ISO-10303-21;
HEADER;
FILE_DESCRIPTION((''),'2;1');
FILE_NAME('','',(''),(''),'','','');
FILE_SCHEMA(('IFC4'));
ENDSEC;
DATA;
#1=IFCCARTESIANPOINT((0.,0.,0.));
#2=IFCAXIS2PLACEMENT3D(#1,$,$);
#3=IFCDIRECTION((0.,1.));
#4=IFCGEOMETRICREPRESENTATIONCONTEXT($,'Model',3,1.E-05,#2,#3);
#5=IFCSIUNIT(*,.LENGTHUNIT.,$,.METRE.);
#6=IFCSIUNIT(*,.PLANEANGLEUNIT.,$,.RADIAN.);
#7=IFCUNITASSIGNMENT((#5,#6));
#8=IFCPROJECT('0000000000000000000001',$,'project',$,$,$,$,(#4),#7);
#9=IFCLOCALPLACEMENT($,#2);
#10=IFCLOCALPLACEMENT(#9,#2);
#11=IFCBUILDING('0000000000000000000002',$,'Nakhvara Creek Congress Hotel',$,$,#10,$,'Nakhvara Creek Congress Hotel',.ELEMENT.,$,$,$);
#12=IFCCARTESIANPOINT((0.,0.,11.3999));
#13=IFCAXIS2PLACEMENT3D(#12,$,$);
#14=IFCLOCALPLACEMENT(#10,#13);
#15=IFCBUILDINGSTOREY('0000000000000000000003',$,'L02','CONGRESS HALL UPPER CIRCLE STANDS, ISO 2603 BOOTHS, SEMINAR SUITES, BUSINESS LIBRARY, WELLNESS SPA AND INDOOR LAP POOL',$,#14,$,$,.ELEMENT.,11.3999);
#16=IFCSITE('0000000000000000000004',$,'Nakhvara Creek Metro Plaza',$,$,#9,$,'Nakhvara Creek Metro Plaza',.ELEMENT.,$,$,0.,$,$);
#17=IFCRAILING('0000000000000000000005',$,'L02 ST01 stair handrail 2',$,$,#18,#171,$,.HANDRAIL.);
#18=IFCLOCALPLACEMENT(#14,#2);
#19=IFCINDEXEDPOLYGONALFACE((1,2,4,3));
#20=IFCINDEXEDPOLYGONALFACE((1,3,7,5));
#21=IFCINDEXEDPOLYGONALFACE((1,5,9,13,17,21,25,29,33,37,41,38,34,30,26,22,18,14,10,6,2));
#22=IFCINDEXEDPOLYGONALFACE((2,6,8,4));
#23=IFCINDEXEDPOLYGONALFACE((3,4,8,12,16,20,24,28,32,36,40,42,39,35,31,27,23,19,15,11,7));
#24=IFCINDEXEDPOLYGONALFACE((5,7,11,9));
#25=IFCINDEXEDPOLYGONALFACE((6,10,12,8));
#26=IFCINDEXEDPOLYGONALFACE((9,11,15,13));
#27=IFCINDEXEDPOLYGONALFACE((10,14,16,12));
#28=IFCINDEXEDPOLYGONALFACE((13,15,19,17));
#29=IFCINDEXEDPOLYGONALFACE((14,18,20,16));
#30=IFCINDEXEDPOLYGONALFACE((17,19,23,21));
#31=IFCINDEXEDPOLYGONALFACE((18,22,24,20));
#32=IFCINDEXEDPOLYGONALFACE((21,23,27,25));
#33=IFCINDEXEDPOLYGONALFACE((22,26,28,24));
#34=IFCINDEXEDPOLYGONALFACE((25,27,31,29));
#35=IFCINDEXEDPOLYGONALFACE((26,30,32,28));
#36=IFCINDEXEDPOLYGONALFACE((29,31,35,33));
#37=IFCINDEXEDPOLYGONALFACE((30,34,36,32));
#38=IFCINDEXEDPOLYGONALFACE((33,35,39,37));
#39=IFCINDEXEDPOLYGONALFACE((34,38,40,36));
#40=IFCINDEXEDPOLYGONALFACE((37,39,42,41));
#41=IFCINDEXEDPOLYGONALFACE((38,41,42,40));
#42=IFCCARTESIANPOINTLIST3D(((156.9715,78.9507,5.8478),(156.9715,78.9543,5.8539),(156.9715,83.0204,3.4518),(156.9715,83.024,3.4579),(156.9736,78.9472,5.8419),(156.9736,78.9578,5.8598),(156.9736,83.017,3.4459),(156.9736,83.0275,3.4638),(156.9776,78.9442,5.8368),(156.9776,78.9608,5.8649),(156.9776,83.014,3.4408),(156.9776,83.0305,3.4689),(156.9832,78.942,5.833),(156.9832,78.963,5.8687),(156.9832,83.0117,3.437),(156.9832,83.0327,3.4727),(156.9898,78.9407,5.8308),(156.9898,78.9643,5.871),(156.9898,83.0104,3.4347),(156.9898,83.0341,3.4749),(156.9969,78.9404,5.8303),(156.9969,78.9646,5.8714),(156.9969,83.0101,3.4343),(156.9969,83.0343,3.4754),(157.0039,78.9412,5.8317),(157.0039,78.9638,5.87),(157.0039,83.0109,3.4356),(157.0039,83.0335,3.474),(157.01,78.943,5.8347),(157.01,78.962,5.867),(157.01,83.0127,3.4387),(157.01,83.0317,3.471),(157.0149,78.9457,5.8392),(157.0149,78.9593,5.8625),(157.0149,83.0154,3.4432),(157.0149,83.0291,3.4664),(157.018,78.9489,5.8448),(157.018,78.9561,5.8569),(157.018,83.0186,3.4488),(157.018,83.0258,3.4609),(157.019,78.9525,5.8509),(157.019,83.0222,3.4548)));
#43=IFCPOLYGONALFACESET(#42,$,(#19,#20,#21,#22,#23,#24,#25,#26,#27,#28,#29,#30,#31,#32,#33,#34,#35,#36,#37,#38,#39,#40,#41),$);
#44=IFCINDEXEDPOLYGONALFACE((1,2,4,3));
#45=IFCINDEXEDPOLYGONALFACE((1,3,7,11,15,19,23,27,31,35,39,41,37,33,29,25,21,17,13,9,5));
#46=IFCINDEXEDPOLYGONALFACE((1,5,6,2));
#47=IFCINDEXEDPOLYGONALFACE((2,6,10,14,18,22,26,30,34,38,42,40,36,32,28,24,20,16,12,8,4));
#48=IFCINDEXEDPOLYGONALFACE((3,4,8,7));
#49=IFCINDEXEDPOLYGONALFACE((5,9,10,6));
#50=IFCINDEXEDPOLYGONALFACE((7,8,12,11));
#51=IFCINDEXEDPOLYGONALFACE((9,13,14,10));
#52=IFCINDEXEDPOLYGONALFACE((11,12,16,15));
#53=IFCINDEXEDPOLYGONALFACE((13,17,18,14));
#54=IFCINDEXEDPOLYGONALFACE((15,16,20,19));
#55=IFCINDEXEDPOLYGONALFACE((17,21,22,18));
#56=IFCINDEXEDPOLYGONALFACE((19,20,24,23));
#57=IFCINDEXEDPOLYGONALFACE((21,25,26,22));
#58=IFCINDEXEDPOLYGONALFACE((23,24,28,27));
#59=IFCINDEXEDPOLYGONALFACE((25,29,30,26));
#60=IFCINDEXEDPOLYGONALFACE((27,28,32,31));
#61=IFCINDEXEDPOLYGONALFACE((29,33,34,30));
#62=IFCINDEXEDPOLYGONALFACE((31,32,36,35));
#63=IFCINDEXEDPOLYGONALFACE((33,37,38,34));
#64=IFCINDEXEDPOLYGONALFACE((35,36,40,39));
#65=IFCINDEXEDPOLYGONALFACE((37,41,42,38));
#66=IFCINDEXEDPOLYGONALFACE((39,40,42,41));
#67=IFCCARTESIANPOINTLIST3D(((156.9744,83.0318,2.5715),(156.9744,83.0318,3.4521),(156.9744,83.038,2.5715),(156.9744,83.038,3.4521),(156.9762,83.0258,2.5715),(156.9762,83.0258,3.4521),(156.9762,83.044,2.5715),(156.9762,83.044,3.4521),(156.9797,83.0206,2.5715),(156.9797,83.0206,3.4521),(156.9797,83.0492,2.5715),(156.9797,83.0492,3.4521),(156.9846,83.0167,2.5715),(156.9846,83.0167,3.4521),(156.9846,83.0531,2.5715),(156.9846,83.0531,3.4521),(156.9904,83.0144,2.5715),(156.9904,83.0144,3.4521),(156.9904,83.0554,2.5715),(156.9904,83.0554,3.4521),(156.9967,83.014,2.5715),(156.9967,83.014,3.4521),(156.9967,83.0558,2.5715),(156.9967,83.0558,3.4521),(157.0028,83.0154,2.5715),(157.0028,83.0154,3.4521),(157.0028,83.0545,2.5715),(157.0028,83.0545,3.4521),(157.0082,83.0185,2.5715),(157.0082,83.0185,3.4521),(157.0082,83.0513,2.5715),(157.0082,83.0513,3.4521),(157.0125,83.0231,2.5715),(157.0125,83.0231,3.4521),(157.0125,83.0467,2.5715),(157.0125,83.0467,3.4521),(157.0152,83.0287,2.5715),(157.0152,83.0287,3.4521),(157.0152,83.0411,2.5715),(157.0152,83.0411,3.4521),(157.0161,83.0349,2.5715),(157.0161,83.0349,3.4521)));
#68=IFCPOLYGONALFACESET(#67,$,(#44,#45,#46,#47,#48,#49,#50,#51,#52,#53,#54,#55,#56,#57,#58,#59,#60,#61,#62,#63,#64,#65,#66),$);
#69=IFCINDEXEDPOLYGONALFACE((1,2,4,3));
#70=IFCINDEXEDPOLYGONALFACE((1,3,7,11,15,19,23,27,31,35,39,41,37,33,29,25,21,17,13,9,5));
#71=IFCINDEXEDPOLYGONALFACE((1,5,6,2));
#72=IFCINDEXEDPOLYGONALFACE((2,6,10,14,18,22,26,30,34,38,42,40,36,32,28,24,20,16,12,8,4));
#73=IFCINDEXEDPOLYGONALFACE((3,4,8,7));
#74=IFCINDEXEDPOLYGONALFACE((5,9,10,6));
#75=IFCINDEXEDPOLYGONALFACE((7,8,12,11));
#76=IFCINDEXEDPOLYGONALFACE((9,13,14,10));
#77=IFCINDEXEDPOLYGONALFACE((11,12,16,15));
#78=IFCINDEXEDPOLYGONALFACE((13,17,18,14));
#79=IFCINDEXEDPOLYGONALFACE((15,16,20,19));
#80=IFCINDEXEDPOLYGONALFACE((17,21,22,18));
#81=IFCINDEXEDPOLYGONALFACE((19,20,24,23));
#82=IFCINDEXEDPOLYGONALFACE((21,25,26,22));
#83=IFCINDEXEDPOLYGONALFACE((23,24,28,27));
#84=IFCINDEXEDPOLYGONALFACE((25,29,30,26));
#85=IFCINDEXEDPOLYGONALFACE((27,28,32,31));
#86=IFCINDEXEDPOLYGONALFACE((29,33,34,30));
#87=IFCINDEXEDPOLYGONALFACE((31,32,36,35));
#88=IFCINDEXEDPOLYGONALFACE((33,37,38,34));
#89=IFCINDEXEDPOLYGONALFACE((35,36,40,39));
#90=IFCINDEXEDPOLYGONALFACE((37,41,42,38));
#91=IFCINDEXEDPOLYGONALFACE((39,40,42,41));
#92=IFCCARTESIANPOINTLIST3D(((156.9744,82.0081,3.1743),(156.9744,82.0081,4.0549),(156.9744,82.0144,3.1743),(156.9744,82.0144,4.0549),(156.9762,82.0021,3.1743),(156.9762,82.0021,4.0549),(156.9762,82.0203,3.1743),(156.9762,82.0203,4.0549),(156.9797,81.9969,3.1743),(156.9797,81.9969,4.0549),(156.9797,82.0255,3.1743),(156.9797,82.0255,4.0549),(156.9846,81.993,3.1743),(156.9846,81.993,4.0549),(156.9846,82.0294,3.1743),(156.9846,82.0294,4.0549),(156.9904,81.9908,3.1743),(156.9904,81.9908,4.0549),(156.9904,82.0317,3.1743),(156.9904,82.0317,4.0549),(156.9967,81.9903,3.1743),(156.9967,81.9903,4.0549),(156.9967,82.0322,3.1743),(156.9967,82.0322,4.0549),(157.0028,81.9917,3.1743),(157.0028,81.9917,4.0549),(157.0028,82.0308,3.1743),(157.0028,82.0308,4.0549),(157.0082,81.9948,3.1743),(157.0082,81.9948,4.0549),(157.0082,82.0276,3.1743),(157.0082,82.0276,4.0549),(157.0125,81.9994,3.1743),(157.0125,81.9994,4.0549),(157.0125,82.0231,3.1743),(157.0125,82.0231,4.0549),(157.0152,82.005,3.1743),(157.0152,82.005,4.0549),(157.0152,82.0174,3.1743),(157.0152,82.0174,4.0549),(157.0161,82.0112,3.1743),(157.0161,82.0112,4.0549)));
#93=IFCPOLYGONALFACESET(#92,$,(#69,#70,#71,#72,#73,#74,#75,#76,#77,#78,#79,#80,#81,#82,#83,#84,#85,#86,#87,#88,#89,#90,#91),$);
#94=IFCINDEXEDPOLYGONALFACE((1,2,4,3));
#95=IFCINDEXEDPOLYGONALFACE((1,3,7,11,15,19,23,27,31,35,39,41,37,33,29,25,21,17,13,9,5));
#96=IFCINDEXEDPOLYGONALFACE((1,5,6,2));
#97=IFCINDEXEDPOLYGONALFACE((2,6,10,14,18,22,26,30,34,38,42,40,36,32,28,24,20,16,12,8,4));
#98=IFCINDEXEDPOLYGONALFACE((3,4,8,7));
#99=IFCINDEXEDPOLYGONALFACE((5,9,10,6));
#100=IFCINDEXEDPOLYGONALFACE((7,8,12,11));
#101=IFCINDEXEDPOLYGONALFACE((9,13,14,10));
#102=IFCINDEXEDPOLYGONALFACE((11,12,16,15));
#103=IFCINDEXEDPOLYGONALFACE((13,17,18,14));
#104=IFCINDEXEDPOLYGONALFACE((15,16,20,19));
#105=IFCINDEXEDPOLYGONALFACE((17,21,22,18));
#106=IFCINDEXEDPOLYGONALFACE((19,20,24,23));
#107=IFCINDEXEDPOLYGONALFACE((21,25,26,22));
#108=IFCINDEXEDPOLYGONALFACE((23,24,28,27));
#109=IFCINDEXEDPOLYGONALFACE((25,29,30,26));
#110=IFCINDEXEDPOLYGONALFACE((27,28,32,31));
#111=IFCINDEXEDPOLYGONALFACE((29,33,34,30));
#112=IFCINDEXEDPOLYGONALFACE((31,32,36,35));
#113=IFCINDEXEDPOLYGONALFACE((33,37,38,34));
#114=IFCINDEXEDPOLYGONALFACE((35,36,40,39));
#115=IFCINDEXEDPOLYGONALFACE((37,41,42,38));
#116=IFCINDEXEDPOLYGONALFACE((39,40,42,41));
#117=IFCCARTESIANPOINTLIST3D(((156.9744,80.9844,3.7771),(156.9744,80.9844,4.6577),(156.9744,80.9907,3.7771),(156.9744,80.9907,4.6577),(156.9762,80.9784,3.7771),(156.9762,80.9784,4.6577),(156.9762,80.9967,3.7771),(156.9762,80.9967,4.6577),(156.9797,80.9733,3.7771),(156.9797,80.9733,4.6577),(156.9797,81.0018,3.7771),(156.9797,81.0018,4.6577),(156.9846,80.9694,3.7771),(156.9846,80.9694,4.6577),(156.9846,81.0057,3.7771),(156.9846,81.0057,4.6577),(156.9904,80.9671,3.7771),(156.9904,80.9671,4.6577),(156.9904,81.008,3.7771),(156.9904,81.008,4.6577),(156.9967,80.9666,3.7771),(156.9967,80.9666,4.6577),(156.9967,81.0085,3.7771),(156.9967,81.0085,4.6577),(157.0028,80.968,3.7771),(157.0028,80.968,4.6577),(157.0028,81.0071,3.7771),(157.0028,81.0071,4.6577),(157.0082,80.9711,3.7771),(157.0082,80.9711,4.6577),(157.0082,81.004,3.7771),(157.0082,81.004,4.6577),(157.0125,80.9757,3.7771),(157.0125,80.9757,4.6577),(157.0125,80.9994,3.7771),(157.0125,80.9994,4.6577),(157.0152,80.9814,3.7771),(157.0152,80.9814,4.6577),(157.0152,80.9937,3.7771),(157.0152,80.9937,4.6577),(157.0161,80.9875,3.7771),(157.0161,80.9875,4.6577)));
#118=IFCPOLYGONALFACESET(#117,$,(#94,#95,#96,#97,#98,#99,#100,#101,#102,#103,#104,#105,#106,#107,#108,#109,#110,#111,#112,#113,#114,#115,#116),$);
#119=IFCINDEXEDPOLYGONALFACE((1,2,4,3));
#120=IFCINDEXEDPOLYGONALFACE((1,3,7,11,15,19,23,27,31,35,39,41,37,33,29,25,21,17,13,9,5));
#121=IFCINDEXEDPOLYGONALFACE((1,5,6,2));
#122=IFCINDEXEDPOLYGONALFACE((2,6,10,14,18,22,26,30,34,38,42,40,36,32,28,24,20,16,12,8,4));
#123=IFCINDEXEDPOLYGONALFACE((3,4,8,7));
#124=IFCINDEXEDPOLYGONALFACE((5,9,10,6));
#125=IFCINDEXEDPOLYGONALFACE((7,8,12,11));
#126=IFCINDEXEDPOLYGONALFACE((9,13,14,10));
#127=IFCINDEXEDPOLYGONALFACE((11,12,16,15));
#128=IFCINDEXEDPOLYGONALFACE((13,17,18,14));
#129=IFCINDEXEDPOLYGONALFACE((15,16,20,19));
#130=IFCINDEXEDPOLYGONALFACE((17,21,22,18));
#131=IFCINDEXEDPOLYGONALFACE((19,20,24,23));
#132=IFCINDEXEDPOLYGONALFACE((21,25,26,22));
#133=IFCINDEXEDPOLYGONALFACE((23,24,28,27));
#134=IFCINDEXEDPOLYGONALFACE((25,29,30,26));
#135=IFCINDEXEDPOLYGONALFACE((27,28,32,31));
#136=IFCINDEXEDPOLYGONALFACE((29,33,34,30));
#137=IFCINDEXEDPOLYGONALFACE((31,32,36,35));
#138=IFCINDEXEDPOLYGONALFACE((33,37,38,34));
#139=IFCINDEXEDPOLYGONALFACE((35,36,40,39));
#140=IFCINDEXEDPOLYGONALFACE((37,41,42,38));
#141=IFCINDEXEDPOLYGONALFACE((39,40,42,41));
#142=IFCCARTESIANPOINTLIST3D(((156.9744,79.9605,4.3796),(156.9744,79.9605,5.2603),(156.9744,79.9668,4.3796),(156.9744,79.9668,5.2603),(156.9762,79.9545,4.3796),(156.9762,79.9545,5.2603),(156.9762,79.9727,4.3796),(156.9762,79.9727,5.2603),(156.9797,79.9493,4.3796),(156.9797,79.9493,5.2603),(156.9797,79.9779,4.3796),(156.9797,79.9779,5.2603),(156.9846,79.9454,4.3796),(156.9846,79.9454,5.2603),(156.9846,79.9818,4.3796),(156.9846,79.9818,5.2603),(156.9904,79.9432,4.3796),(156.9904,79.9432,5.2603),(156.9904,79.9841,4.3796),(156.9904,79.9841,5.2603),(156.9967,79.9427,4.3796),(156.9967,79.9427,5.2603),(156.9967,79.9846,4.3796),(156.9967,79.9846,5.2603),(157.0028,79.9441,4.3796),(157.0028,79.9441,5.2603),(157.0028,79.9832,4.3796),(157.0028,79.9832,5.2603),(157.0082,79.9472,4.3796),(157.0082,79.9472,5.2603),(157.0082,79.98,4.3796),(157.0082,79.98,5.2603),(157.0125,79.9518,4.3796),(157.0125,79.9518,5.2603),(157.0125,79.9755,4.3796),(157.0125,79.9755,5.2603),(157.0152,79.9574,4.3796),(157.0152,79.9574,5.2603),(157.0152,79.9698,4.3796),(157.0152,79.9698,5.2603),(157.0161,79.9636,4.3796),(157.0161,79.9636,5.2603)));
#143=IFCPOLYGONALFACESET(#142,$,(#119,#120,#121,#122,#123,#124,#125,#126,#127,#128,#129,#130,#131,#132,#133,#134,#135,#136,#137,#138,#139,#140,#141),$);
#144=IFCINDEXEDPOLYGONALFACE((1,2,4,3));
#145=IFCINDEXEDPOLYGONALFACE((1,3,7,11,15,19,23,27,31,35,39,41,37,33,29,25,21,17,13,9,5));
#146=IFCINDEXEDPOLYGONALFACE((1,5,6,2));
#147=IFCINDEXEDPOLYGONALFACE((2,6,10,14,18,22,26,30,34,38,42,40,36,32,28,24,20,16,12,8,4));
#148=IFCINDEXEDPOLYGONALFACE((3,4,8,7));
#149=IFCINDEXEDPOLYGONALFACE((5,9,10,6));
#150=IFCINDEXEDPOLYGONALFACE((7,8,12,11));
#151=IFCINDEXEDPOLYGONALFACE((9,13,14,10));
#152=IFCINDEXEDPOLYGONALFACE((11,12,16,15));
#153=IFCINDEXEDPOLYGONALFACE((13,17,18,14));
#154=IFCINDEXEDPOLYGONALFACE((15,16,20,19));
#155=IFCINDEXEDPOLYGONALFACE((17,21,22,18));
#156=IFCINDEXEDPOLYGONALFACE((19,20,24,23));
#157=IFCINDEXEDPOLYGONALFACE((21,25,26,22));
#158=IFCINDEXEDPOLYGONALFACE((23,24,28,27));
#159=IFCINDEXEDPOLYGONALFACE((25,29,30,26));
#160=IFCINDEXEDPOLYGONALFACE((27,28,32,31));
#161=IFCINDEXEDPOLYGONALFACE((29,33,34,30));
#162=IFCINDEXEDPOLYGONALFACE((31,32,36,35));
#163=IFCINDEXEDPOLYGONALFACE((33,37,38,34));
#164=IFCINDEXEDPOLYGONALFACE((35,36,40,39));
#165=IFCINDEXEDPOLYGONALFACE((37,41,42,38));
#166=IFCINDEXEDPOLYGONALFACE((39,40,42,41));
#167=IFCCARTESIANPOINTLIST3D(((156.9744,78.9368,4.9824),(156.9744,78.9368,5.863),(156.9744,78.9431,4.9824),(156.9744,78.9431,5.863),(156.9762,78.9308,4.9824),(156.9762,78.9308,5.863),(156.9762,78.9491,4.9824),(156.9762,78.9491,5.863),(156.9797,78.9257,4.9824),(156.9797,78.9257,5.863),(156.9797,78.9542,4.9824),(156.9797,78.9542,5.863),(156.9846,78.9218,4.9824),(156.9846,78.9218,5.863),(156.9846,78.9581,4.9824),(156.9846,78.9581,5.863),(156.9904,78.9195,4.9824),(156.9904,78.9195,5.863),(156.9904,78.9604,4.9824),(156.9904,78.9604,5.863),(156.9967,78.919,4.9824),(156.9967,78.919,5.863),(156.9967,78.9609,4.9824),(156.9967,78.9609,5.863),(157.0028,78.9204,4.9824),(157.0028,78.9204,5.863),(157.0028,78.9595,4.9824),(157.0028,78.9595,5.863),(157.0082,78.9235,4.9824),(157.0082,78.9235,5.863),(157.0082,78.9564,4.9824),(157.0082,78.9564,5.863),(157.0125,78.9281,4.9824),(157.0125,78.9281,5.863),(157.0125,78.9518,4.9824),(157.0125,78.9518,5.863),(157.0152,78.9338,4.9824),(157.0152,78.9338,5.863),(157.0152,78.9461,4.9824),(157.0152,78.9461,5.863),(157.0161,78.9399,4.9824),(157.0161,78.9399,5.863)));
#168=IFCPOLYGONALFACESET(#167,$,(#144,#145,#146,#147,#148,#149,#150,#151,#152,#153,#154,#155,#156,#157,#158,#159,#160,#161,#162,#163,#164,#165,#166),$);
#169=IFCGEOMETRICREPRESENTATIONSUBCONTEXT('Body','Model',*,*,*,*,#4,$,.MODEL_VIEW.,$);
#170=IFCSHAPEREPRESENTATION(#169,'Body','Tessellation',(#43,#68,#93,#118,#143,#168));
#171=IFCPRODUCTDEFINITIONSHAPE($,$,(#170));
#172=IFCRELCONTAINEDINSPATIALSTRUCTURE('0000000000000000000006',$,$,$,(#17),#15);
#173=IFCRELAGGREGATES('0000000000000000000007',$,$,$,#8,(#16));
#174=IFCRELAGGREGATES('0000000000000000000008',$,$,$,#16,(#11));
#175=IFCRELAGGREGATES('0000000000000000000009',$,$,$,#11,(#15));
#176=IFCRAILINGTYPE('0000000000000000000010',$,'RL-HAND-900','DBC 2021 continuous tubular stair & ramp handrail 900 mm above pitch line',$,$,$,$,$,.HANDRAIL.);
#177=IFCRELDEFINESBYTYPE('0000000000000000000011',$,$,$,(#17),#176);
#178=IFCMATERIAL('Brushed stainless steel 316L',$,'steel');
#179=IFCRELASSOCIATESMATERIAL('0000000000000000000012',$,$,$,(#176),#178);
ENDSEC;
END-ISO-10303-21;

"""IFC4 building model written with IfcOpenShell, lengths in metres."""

from ifc_helpers import new_model, si_unit, direction, frame, origin, origin_2d, place, context, subcontext, project, spatial, circle, extrude, material, type_object, element, save


model = new_model("IFC4")

# Units and contexts
model_context = context("Model", 3, precision=1e-05, world=origin(), true_north=direction((0.0, 1.0)))
body_context = subcontext(model_context, "Body", "Model", "MODEL_VIEW")
ifc_project = project(units=[si_unit("LENGTHUNIT", "METRE"), si_unit("PLANEANGLEUNIT", "RADIAN")], contexts=[model_context])

# Site, building, storey
site_placement = place(None, origin())
site = spatial("IfcSite", under=ifc_project, at=site_placement, Name="Nakhvara Creek Metro Plaza", LongName="Nakhvara Creek Metro Plaza", CompositionType="ELEMENT", RefElevation=0.0)
building_placement = place(site_placement, origin())
building = spatial("IfcBuilding", under=site, at=building_placement, Name="Nakhvara Creek Congress Hotel", LongName="Nakhvara Creek Congress Hotel", CompositionType="ELEMENT")
storey_placement = place(building_placement, frame((0.0, 0.0, 11.3999)))
storey = spatial("IfcBuildingStorey", under=building, at=storey_placement, Name="L02", Description="CONGRESS HALL UPPER CIRCLE STANDS, ISO 2603 BOOTHS, SEMINAR SUITES, BUSINESS LIBRARY, WELLNESS SPA AND INDOOR LAP POOL", CompositionType="ELEMENT", Elevation=11.3999)

# Railing
ifc_material_1 = material(Name="Brushed stainless steel 316L", Category="steel")
railing_type_1 = type_object("IfcRailingType", Name="RL-HAND-900", Description="DBC 2021 continuous tubular stair & ramp handrail 900 mm above pitch line", PredefinedType="HANDRAIL", material=ifc_material_1)
railing_1_placement = place(storey_placement, frame((156.9951, 83.0349, 2.5715)))
element("IfcRailing", 1, at=railing_1_placement, inside=storey, type_object=railing_type_1, Name="L02 ST01 stair handrail 2", PredefinedType="HANDRAIL", context=body_context, shape_type="SweptSolid", body=[
    extrude(circle(Radius=0.0239, at=origin_2d()), frame((0.0, -0.0127, 0.8833), z_axis=(0.0, -0.861743, 0.507346), x_axis=(1.0, 0.0, 0.0)), (0.0, 0.0, 1.0), 4.7227),
    extrude(circle(Radius=0.021, at=origin_2d()), origin(), (0.0, 0.0, 1.0), 0.8806),
    extrude(circle(Radius=0.021, at=origin_2d()), frame((0.0, -1.0237, 0.6028)), (0.0, 0.0, 1.0), 0.8806),
    extrude(circle(Radius=0.021, at=origin_2d()), frame((0.0, -2.0474, 1.2056)), (0.0, 0.0, 1.0), 0.8806),
    extrude(circle(Radius=0.021, at=origin_2d()), frame((0.0, -3.0713, 1.8081)), (0.0, 0.0, 1.0), 0.8806),
    extrude(circle(Radius=0.021, at=origin_2d()), frame((0.0, -4.095, 2.4109)), (0.0, 0.0, 1.0), 0.8806),
])

save(model, "model.ifc")
